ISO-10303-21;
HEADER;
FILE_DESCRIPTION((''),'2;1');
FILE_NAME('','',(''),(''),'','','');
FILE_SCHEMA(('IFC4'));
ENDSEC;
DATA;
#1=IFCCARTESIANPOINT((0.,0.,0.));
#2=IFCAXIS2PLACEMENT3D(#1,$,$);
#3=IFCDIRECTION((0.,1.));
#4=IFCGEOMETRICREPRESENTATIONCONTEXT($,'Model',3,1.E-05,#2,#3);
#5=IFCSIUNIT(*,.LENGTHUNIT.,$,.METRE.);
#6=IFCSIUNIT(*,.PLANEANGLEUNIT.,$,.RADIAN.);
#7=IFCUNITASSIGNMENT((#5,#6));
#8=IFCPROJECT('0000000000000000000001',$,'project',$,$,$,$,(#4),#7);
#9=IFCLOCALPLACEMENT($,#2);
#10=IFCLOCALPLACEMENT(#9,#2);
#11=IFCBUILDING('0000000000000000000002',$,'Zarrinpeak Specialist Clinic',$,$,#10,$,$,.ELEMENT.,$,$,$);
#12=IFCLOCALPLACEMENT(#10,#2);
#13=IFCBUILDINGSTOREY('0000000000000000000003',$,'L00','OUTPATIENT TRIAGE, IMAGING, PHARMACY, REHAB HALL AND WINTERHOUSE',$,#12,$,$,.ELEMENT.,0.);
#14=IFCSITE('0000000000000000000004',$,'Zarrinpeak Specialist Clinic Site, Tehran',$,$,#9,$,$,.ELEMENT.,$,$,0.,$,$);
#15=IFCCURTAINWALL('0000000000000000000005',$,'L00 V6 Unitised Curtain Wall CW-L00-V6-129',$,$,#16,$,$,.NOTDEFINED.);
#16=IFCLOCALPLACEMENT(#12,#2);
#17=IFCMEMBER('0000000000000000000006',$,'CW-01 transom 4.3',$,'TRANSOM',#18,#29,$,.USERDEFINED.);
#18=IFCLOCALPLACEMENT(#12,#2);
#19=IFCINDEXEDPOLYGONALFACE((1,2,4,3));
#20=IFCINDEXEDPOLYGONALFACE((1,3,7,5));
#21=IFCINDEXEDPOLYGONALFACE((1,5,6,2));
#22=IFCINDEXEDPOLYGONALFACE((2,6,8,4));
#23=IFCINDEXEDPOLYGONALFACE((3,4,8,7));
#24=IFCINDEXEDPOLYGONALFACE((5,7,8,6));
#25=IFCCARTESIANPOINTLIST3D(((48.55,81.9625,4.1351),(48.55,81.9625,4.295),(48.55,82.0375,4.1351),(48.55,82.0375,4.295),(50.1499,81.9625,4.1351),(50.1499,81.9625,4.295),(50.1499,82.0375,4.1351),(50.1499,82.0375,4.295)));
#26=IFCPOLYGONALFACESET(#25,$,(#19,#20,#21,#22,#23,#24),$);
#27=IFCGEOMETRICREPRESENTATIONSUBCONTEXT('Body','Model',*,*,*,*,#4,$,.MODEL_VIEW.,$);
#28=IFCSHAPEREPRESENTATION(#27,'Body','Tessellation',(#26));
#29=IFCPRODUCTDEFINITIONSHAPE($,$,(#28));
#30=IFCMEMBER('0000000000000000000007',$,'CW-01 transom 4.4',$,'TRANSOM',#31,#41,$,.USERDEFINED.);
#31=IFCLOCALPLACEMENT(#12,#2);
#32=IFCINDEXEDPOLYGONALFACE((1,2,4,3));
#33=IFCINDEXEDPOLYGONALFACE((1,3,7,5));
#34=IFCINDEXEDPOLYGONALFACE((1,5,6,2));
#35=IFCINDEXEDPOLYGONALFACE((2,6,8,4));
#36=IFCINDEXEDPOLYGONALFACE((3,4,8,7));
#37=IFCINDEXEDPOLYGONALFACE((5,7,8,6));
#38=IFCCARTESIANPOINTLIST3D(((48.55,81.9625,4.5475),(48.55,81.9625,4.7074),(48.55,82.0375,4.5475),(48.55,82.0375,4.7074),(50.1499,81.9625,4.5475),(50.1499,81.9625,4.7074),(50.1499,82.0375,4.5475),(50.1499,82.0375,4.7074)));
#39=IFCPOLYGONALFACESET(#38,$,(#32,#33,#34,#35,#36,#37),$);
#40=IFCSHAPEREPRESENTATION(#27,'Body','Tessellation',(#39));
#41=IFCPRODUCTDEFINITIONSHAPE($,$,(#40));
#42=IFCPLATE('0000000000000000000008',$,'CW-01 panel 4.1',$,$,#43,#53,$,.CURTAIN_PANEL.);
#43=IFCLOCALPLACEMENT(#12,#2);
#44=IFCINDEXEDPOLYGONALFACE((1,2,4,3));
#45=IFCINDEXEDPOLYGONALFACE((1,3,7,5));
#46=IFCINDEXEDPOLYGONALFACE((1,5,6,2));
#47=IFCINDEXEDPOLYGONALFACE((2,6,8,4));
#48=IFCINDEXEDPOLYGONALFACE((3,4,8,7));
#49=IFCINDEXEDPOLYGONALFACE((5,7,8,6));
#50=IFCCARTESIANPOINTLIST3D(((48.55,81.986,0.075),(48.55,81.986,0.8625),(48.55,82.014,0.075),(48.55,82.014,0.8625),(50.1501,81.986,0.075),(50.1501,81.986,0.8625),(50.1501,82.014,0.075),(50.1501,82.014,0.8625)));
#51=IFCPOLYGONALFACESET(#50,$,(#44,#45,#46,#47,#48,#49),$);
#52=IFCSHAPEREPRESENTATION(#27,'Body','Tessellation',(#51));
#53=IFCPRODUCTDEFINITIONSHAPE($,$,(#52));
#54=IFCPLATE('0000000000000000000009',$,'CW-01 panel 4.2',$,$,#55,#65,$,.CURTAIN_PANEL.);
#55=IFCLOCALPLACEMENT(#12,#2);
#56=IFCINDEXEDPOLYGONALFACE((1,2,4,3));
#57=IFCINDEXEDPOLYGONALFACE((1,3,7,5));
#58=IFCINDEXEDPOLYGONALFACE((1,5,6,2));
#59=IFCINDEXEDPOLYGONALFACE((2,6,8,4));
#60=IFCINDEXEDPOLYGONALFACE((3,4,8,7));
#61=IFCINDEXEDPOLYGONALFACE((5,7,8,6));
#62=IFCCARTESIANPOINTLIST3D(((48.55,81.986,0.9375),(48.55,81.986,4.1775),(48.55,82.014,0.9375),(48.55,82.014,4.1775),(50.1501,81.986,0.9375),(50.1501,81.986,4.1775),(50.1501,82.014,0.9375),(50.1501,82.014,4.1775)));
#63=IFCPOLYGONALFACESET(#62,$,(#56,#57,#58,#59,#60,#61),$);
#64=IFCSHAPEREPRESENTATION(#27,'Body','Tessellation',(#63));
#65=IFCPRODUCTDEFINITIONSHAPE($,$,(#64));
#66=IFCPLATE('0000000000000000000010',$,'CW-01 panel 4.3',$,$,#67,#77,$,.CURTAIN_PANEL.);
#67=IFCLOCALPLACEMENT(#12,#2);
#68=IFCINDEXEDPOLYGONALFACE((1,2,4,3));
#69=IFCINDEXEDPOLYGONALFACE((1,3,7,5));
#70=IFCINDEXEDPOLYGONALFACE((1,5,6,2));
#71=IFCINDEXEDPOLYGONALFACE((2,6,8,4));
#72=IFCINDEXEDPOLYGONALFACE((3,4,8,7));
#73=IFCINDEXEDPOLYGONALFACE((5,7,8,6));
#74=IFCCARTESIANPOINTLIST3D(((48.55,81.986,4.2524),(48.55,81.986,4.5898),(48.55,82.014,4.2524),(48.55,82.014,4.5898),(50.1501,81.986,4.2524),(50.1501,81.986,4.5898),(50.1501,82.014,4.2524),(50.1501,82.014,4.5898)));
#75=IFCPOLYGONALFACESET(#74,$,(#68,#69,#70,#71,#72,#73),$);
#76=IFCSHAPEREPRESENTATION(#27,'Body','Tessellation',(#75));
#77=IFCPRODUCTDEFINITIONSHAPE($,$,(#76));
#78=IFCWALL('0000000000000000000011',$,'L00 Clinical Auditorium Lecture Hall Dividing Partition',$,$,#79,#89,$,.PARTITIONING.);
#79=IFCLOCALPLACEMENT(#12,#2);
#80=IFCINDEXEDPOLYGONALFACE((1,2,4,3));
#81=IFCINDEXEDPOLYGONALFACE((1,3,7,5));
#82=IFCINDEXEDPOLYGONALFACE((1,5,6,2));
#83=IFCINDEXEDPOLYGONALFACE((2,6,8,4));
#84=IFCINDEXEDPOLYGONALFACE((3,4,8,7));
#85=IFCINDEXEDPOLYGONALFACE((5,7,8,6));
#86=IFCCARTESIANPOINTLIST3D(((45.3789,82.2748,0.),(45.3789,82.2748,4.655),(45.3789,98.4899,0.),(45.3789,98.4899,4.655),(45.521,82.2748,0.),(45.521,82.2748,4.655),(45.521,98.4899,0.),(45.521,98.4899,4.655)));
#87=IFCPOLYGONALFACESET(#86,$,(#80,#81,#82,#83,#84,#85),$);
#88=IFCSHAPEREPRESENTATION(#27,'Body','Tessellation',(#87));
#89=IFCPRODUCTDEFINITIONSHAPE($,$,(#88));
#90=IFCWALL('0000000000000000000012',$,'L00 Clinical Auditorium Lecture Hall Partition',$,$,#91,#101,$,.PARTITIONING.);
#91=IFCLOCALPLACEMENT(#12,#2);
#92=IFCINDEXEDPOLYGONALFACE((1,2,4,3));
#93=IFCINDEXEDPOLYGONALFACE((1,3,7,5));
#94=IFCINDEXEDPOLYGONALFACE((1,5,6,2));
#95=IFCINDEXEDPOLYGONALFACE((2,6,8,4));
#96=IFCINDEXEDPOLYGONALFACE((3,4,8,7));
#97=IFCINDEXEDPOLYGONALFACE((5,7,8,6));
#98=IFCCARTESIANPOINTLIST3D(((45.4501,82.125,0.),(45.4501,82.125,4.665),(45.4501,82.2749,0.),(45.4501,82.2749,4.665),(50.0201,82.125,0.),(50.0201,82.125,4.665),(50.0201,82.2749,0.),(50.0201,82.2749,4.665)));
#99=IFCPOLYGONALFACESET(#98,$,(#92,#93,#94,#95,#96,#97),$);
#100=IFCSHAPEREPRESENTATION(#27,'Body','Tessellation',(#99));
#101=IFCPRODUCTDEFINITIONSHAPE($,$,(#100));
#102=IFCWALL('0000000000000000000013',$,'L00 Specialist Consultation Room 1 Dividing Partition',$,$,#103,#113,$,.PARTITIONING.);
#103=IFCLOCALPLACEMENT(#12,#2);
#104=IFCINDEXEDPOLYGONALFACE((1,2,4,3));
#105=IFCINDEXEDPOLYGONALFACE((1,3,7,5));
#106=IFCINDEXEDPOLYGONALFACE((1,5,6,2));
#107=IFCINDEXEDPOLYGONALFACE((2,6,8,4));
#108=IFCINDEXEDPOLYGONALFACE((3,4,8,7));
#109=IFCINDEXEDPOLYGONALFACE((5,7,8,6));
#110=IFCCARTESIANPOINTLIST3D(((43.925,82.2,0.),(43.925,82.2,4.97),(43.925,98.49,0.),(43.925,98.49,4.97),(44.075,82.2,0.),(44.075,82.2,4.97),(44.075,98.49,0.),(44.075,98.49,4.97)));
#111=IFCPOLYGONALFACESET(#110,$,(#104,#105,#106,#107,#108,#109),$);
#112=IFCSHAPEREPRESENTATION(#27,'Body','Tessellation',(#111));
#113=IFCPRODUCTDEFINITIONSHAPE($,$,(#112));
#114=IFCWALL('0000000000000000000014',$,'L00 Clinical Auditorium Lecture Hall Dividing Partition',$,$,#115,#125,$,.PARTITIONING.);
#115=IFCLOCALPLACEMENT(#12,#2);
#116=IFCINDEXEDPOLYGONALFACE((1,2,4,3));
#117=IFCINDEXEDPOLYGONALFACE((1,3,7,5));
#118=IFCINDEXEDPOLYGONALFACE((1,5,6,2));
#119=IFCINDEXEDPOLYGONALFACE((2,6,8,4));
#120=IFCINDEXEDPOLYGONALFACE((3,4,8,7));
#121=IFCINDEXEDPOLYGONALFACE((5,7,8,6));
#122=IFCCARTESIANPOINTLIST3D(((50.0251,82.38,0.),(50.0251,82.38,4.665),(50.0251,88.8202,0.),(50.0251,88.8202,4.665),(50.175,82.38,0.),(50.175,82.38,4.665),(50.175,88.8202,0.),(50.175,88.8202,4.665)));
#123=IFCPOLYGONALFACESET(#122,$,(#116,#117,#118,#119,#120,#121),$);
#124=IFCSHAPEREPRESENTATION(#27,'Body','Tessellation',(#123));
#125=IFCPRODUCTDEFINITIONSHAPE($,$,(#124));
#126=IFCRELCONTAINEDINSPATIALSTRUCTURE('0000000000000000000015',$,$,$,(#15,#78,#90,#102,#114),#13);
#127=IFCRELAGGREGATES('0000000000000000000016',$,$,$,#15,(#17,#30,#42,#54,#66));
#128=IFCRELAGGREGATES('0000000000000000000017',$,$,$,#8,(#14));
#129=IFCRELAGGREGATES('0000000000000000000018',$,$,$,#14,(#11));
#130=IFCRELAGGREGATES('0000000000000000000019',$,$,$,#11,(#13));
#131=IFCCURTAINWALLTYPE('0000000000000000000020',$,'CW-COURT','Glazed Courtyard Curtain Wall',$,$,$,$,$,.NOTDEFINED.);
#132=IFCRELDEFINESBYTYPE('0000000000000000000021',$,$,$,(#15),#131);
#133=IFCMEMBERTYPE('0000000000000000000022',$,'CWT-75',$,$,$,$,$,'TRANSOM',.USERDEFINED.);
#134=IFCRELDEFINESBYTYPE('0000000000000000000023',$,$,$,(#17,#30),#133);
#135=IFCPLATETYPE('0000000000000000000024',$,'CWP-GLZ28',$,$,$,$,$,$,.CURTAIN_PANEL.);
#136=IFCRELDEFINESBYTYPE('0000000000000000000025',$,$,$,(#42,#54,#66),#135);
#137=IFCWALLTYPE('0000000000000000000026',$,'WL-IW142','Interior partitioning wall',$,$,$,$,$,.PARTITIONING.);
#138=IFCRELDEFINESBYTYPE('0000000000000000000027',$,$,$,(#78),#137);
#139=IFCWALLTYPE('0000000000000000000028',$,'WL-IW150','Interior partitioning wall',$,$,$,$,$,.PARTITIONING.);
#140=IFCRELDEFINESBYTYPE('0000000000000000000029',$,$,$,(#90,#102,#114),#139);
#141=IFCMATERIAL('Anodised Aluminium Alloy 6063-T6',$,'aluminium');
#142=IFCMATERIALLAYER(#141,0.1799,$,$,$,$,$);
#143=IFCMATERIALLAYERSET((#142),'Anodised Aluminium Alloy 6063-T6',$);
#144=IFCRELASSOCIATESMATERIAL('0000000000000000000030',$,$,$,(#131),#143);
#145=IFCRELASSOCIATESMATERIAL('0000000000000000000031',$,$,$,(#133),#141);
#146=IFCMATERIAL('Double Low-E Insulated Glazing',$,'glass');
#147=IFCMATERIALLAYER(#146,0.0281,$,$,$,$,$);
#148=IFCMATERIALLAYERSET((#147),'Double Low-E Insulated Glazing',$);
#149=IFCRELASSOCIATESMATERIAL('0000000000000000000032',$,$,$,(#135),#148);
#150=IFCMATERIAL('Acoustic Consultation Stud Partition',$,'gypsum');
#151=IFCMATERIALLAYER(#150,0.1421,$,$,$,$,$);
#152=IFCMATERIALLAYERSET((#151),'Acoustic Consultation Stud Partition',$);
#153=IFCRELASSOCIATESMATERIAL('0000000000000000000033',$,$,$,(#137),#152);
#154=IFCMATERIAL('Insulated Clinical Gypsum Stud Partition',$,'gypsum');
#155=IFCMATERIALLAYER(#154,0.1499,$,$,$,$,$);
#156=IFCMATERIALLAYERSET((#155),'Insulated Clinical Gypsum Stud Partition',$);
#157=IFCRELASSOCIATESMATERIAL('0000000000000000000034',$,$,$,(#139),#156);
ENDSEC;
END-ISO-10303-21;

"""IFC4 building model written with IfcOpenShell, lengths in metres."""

from ifc_helpers import new_model, si_unit, direction, frame, frame_2d, origin, origin_2d, place, context, subcontext, project, spatial, rectangle, extrude, material, layer, layer_set, material_profile, profile_set, type_object, element, aggregate, save


model = new_model("IFC4")

# Units and contexts
model_context = context("Model", 3, precision=1e-05, world=origin(), true_north=direction((0.0, 1.0)))
body_context = subcontext(model_context, "Body", "Model", "MODEL_VIEW")
ifc_project = project(units=[si_unit("LENGTHUNIT", "METRE"), si_unit("PLANEANGLEUNIT", "RADIAN")], contexts=[model_context])

# Site, building, storey
site_placement = place(None, origin())
site = spatial("IfcSite", under=ifc_project, at=site_placement, Name="Zarrinpeak Specialist Clinic Site, Tehran", CompositionType="ELEMENT", RefElevation=0.0)
building_placement = place(site_placement, origin())
building = spatial("IfcBuilding", under=site, at=building_placement, Name="Zarrinpeak Specialist Clinic", CompositionType="ELEMENT")
storey_placement = place(building_placement, origin())
storey = spatial("IfcBuildingStorey", under=building, at=storey_placement, Name="L00", Description="OUTPATIENT TRIAGE, IMAGING, PHARMACY, REHAB HALL AND WINTERHOUSE", CompositionType="ELEMENT", Elevation=0.0)

# Curtain wall, members, plates
ifc_material_1 = material(Name="Anodised Aluminium Alloy 6063-T6", Category="aluminium")
ifc_layer_1 = layer(ifc_material_1, 0.1799)
ifc_layer_set_1 = layer_set([ifc_layer_1], Name="Anodised Aluminium Alloy 6063-T6")
curtain_wall_type = type_object("IfcCurtainWallType", Name="CW-COURT", Description="Glazed Courtyard Curtain Wall", PredefinedType="NOTDEFINED", material=ifc_layer_set_1)
curtain_wall_placement = place(storey_placement, origin())
curtain_wall = element("IfcCurtainWall", 1, at=curtain_wall_placement, inside=storey, type_object=curtain_wall_type, Name="L00 V6 Unitised Curtain Wall CW-L00-V6-129", PredefinedType="NOTDEFINED")
ifc_material_profile_1 = material_profile(ifc_material_1, rectangle(XDim=0.075, YDim=0.1599, at=origin_2d()), Name="ALU 75x160")
ifc_profile_set_1 = profile_set([ifc_material_profile_1], Name="Anodised Aluminium Alloy 6063-T6")
member_type = type_object("IfcMemberType", Name="CWT-75", ElementType="TRANSOM", PredefinedType="USERDEFINED", material=ifc_profile_set_1)
member_1_placement = place(storey_placement, frame((48.55, 82.0, 4.2151), z_axis=(1.0, 0.0, 0.0), x_axis=(0.0, 1.0, 0.0)))
member_1 = element("IfcMember", 2, at=member_1_placement, type_object=member_type, Name="CW-01 transom 4.3", ObjectType="TRANSOM", PredefinedType="USERDEFINED", context=body_context, shape_type="SweptSolid", body=[
    extrude(rectangle(XDim=0.075, YDim=0.1599, at=origin_2d()), origin(), (0.0, 0.0, 1.0), 1.5999),
])
member_2_placement = place(storey_placement, frame((48.55, 82.0, 4.6274), z_axis=(1.0, 0.0, 0.0), x_axis=(0.0, 1.0, 0.0)))
member_2 = element("IfcMember", 3, at=member_2_placement, type_object=member_type, Name="CW-01 transom 4.4", ObjectType="TRANSOM", PredefinedType="USERDEFINED", context=body_context, shape_type="SweptSolid", body=[
    extrude(rectangle(XDim=0.075, YDim=0.1599, at=origin_2d()), origin(), (0.0, 0.0, 1.0), 1.5999),
])
ifc_material_2 = material(Name="Double Low-E Insulated Glazing", Category="glass")
ifc_layer_2 = layer(ifc_material_2, 0.0281)
ifc_layer_set_2 = layer_set([ifc_layer_2], Name="Double Low-E Insulated Glazing")
plate_type = type_object("IfcPlateType", Name="CWP-GLZ28", PredefinedType="CURTAIN_PANEL", material=ifc_layer_set_2)
plate_1_placement = place(storey_placement, frame((49.3501, 82.0, 0.075), z_axis=(0.0, 0.0, 1.0), x_axis=(1.0, 0.0, 0.0)))
plate_1 = element("IfcPlate", 4, at=plate_1_placement, type_object=plate_type, Name="CW-01 panel 4.1", PredefinedType="CURTAIN_PANEL", context=body_context, shape_type="SweptSolid", body=[
    extrude(rectangle(XDim=1.6001, YDim=0.0281, at=origin_2d()), origin(), (0.0, 0.0, 1.0), 0.7876),
])
plate_2_placement = place(storey_placement, frame((49.3501, 82.0, 0.9375), z_axis=(0.0, 0.0, 1.0), x_axis=(1.0, 0.0, 0.0)))
plate_2 = element("IfcPlate", 5, at=plate_2_placement, type_object=plate_type, Name="CW-01 panel 4.2", PredefinedType="CURTAIN_PANEL", context=body_context, shape_type="SweptSolid", body=[
    extrude(rectangle(XDim=1.6001, YDim=0.0281, at=origin_2d()), origin(), (0.0, 0.0, 1.0), 3.24),
])
plate_3_placement = place(storey_placement, frame((49.3501, 82.0, 4.2524), z_axis=(0.0, 0.0, 1.0), x_axis=(1.0, 0.0, 0.0)))
plate_3 = element("IfcPlate", 6, at=plate_3_placement, type_object=plate_type, Name="CW-01 panel 4.3", PredefinedType="CURTAIN_PANEL", context=body_context, shape_type="SweptSolid", body=[
    extrude(rectangle(XDim=1.6001, YDim=0.0281, at=origin_2d()), origin(), (0.0, 0.0, 1.0), 0.3374),
])
aggregate(curtain_wall, [member_1, member_2, plate_1, plate_2, plate_3])

# Walls
ifc_material_3 = material(Name="Acoustic Consultation Stud Partition", Category="gypsum")
ifc_layer_3 = layer(ifc_material_3, 0.1421)
ifc_layer_set_3 = layer_set([ifc_layer_3], Name="Acoustic Consultation Stud Partition")
wall_type_1 = type_object("IfcWallType", Name="WL-IW142", Description="Interior partitioning wall", PredefinedType="PARTITIONING", material=ifc_layer_set_3)
wall_1_placement = place(storey_placement, frame((45.45, 82.2749, 0.0), z_axis=(0.0, 0.0, 1.0), x_axis=(0.0, 1.0, 0.0)))
element("IfcWall", 7, at=wall_1_placement, inside=storey, type_object=wall_type_1, Name="L00 Clinical Auditorium Lecture Hall Dividing Partition", PredefinedType="PARTITIONING", context=body_context, shape_type="SweptSolid", body=[
    extrude(rectangle(XDim=16.2151, YDim=0.1421, at=frame_2d((8.1074, 0.0))), origin(), (0.0, 0.0, 1.0), 4.655),
])
ifc_material_4 = material(Name="Insulated Clinical Gypsum Stud Partition", Category="gypsum")
ifc_layer_4 = layer(ifc_material_4, 0.1499)
ifc_layer_set_4 = layer_set([ifc_layer_4], Name="Insulated Clinical Gypsum Stud Partition")
wall_type_2 = type_object("IfcWallType", Name="WL-IW150", Description="Interior partitioning wall", PredefinedType="PARTITIONING", material=ifc_layer_set_4)
wall_2_placement = place(storey_placement, frame((45.45, 82.2, 0.0), z_axis=(0.0, 0.0, 1.0), x_axis=(1.0, 0.0, 0.0)))
element("IfcWall", 8, at=wall_2_placement, inside=storey, type_object=wall_type_2, Name="L00 Clinical Auditorium Lecture Hall Partition", PredefinedType="PARTITIONING", context=body_context, shape_type="SweptSolid", body=[
    extrude(rectangle(XDim=4.5701, YDim=0.1499, at=frame_2d((2.2852, 0.0))), origin(), (0.0, 0.0, 1.0), 4.665),
])
wall_3_placement = place(storey_placement, frame((44.0, 82.2, 0.0), z_axis=(0.0, 0.0, 1.0), x_axis=(0.0, 1.0, 0.0)))
element("IfcWall", 9, at=wall_3_placement, inside=storey, type_object=wall_type_2, Name="L00 Specialist Consultation Room 1 Dividing Partition", PredefinedType="PARTITIONING", context=body_context, shape_type="SweptSolid", body=[
    extrude(rectangle(XDim=16.29, YDim=0.1499, at=frame_2d((8.145, 0.0))), origin(), (0.0, 0.0, 1.0), 4.97),
])
wall_4_placement = place(storey_placement, frame((50.1001, 82.3799, 0.0), z_axis=(0.0, 0.0, 1.0), x_axis=(0.0, 1.0, 0.0)))
element("IfcWall", 10, at=wall_4_placement, inside=storey, type_object=wall_type_2, Name="L00 Clinical Auditorium Lecture Hall Dividing Partition", PredefinedType="PARTITIONING", context=body_context, shape_type="SweptSolid", body=[
    extrude(rectangle(XDim=6.4402, YDim=0.1499, at=frame_2d((3.2202, 0.0))), origin(), (0.0, 0.0, 1.0), 4.665),
])

save(model, "model.ifc")
